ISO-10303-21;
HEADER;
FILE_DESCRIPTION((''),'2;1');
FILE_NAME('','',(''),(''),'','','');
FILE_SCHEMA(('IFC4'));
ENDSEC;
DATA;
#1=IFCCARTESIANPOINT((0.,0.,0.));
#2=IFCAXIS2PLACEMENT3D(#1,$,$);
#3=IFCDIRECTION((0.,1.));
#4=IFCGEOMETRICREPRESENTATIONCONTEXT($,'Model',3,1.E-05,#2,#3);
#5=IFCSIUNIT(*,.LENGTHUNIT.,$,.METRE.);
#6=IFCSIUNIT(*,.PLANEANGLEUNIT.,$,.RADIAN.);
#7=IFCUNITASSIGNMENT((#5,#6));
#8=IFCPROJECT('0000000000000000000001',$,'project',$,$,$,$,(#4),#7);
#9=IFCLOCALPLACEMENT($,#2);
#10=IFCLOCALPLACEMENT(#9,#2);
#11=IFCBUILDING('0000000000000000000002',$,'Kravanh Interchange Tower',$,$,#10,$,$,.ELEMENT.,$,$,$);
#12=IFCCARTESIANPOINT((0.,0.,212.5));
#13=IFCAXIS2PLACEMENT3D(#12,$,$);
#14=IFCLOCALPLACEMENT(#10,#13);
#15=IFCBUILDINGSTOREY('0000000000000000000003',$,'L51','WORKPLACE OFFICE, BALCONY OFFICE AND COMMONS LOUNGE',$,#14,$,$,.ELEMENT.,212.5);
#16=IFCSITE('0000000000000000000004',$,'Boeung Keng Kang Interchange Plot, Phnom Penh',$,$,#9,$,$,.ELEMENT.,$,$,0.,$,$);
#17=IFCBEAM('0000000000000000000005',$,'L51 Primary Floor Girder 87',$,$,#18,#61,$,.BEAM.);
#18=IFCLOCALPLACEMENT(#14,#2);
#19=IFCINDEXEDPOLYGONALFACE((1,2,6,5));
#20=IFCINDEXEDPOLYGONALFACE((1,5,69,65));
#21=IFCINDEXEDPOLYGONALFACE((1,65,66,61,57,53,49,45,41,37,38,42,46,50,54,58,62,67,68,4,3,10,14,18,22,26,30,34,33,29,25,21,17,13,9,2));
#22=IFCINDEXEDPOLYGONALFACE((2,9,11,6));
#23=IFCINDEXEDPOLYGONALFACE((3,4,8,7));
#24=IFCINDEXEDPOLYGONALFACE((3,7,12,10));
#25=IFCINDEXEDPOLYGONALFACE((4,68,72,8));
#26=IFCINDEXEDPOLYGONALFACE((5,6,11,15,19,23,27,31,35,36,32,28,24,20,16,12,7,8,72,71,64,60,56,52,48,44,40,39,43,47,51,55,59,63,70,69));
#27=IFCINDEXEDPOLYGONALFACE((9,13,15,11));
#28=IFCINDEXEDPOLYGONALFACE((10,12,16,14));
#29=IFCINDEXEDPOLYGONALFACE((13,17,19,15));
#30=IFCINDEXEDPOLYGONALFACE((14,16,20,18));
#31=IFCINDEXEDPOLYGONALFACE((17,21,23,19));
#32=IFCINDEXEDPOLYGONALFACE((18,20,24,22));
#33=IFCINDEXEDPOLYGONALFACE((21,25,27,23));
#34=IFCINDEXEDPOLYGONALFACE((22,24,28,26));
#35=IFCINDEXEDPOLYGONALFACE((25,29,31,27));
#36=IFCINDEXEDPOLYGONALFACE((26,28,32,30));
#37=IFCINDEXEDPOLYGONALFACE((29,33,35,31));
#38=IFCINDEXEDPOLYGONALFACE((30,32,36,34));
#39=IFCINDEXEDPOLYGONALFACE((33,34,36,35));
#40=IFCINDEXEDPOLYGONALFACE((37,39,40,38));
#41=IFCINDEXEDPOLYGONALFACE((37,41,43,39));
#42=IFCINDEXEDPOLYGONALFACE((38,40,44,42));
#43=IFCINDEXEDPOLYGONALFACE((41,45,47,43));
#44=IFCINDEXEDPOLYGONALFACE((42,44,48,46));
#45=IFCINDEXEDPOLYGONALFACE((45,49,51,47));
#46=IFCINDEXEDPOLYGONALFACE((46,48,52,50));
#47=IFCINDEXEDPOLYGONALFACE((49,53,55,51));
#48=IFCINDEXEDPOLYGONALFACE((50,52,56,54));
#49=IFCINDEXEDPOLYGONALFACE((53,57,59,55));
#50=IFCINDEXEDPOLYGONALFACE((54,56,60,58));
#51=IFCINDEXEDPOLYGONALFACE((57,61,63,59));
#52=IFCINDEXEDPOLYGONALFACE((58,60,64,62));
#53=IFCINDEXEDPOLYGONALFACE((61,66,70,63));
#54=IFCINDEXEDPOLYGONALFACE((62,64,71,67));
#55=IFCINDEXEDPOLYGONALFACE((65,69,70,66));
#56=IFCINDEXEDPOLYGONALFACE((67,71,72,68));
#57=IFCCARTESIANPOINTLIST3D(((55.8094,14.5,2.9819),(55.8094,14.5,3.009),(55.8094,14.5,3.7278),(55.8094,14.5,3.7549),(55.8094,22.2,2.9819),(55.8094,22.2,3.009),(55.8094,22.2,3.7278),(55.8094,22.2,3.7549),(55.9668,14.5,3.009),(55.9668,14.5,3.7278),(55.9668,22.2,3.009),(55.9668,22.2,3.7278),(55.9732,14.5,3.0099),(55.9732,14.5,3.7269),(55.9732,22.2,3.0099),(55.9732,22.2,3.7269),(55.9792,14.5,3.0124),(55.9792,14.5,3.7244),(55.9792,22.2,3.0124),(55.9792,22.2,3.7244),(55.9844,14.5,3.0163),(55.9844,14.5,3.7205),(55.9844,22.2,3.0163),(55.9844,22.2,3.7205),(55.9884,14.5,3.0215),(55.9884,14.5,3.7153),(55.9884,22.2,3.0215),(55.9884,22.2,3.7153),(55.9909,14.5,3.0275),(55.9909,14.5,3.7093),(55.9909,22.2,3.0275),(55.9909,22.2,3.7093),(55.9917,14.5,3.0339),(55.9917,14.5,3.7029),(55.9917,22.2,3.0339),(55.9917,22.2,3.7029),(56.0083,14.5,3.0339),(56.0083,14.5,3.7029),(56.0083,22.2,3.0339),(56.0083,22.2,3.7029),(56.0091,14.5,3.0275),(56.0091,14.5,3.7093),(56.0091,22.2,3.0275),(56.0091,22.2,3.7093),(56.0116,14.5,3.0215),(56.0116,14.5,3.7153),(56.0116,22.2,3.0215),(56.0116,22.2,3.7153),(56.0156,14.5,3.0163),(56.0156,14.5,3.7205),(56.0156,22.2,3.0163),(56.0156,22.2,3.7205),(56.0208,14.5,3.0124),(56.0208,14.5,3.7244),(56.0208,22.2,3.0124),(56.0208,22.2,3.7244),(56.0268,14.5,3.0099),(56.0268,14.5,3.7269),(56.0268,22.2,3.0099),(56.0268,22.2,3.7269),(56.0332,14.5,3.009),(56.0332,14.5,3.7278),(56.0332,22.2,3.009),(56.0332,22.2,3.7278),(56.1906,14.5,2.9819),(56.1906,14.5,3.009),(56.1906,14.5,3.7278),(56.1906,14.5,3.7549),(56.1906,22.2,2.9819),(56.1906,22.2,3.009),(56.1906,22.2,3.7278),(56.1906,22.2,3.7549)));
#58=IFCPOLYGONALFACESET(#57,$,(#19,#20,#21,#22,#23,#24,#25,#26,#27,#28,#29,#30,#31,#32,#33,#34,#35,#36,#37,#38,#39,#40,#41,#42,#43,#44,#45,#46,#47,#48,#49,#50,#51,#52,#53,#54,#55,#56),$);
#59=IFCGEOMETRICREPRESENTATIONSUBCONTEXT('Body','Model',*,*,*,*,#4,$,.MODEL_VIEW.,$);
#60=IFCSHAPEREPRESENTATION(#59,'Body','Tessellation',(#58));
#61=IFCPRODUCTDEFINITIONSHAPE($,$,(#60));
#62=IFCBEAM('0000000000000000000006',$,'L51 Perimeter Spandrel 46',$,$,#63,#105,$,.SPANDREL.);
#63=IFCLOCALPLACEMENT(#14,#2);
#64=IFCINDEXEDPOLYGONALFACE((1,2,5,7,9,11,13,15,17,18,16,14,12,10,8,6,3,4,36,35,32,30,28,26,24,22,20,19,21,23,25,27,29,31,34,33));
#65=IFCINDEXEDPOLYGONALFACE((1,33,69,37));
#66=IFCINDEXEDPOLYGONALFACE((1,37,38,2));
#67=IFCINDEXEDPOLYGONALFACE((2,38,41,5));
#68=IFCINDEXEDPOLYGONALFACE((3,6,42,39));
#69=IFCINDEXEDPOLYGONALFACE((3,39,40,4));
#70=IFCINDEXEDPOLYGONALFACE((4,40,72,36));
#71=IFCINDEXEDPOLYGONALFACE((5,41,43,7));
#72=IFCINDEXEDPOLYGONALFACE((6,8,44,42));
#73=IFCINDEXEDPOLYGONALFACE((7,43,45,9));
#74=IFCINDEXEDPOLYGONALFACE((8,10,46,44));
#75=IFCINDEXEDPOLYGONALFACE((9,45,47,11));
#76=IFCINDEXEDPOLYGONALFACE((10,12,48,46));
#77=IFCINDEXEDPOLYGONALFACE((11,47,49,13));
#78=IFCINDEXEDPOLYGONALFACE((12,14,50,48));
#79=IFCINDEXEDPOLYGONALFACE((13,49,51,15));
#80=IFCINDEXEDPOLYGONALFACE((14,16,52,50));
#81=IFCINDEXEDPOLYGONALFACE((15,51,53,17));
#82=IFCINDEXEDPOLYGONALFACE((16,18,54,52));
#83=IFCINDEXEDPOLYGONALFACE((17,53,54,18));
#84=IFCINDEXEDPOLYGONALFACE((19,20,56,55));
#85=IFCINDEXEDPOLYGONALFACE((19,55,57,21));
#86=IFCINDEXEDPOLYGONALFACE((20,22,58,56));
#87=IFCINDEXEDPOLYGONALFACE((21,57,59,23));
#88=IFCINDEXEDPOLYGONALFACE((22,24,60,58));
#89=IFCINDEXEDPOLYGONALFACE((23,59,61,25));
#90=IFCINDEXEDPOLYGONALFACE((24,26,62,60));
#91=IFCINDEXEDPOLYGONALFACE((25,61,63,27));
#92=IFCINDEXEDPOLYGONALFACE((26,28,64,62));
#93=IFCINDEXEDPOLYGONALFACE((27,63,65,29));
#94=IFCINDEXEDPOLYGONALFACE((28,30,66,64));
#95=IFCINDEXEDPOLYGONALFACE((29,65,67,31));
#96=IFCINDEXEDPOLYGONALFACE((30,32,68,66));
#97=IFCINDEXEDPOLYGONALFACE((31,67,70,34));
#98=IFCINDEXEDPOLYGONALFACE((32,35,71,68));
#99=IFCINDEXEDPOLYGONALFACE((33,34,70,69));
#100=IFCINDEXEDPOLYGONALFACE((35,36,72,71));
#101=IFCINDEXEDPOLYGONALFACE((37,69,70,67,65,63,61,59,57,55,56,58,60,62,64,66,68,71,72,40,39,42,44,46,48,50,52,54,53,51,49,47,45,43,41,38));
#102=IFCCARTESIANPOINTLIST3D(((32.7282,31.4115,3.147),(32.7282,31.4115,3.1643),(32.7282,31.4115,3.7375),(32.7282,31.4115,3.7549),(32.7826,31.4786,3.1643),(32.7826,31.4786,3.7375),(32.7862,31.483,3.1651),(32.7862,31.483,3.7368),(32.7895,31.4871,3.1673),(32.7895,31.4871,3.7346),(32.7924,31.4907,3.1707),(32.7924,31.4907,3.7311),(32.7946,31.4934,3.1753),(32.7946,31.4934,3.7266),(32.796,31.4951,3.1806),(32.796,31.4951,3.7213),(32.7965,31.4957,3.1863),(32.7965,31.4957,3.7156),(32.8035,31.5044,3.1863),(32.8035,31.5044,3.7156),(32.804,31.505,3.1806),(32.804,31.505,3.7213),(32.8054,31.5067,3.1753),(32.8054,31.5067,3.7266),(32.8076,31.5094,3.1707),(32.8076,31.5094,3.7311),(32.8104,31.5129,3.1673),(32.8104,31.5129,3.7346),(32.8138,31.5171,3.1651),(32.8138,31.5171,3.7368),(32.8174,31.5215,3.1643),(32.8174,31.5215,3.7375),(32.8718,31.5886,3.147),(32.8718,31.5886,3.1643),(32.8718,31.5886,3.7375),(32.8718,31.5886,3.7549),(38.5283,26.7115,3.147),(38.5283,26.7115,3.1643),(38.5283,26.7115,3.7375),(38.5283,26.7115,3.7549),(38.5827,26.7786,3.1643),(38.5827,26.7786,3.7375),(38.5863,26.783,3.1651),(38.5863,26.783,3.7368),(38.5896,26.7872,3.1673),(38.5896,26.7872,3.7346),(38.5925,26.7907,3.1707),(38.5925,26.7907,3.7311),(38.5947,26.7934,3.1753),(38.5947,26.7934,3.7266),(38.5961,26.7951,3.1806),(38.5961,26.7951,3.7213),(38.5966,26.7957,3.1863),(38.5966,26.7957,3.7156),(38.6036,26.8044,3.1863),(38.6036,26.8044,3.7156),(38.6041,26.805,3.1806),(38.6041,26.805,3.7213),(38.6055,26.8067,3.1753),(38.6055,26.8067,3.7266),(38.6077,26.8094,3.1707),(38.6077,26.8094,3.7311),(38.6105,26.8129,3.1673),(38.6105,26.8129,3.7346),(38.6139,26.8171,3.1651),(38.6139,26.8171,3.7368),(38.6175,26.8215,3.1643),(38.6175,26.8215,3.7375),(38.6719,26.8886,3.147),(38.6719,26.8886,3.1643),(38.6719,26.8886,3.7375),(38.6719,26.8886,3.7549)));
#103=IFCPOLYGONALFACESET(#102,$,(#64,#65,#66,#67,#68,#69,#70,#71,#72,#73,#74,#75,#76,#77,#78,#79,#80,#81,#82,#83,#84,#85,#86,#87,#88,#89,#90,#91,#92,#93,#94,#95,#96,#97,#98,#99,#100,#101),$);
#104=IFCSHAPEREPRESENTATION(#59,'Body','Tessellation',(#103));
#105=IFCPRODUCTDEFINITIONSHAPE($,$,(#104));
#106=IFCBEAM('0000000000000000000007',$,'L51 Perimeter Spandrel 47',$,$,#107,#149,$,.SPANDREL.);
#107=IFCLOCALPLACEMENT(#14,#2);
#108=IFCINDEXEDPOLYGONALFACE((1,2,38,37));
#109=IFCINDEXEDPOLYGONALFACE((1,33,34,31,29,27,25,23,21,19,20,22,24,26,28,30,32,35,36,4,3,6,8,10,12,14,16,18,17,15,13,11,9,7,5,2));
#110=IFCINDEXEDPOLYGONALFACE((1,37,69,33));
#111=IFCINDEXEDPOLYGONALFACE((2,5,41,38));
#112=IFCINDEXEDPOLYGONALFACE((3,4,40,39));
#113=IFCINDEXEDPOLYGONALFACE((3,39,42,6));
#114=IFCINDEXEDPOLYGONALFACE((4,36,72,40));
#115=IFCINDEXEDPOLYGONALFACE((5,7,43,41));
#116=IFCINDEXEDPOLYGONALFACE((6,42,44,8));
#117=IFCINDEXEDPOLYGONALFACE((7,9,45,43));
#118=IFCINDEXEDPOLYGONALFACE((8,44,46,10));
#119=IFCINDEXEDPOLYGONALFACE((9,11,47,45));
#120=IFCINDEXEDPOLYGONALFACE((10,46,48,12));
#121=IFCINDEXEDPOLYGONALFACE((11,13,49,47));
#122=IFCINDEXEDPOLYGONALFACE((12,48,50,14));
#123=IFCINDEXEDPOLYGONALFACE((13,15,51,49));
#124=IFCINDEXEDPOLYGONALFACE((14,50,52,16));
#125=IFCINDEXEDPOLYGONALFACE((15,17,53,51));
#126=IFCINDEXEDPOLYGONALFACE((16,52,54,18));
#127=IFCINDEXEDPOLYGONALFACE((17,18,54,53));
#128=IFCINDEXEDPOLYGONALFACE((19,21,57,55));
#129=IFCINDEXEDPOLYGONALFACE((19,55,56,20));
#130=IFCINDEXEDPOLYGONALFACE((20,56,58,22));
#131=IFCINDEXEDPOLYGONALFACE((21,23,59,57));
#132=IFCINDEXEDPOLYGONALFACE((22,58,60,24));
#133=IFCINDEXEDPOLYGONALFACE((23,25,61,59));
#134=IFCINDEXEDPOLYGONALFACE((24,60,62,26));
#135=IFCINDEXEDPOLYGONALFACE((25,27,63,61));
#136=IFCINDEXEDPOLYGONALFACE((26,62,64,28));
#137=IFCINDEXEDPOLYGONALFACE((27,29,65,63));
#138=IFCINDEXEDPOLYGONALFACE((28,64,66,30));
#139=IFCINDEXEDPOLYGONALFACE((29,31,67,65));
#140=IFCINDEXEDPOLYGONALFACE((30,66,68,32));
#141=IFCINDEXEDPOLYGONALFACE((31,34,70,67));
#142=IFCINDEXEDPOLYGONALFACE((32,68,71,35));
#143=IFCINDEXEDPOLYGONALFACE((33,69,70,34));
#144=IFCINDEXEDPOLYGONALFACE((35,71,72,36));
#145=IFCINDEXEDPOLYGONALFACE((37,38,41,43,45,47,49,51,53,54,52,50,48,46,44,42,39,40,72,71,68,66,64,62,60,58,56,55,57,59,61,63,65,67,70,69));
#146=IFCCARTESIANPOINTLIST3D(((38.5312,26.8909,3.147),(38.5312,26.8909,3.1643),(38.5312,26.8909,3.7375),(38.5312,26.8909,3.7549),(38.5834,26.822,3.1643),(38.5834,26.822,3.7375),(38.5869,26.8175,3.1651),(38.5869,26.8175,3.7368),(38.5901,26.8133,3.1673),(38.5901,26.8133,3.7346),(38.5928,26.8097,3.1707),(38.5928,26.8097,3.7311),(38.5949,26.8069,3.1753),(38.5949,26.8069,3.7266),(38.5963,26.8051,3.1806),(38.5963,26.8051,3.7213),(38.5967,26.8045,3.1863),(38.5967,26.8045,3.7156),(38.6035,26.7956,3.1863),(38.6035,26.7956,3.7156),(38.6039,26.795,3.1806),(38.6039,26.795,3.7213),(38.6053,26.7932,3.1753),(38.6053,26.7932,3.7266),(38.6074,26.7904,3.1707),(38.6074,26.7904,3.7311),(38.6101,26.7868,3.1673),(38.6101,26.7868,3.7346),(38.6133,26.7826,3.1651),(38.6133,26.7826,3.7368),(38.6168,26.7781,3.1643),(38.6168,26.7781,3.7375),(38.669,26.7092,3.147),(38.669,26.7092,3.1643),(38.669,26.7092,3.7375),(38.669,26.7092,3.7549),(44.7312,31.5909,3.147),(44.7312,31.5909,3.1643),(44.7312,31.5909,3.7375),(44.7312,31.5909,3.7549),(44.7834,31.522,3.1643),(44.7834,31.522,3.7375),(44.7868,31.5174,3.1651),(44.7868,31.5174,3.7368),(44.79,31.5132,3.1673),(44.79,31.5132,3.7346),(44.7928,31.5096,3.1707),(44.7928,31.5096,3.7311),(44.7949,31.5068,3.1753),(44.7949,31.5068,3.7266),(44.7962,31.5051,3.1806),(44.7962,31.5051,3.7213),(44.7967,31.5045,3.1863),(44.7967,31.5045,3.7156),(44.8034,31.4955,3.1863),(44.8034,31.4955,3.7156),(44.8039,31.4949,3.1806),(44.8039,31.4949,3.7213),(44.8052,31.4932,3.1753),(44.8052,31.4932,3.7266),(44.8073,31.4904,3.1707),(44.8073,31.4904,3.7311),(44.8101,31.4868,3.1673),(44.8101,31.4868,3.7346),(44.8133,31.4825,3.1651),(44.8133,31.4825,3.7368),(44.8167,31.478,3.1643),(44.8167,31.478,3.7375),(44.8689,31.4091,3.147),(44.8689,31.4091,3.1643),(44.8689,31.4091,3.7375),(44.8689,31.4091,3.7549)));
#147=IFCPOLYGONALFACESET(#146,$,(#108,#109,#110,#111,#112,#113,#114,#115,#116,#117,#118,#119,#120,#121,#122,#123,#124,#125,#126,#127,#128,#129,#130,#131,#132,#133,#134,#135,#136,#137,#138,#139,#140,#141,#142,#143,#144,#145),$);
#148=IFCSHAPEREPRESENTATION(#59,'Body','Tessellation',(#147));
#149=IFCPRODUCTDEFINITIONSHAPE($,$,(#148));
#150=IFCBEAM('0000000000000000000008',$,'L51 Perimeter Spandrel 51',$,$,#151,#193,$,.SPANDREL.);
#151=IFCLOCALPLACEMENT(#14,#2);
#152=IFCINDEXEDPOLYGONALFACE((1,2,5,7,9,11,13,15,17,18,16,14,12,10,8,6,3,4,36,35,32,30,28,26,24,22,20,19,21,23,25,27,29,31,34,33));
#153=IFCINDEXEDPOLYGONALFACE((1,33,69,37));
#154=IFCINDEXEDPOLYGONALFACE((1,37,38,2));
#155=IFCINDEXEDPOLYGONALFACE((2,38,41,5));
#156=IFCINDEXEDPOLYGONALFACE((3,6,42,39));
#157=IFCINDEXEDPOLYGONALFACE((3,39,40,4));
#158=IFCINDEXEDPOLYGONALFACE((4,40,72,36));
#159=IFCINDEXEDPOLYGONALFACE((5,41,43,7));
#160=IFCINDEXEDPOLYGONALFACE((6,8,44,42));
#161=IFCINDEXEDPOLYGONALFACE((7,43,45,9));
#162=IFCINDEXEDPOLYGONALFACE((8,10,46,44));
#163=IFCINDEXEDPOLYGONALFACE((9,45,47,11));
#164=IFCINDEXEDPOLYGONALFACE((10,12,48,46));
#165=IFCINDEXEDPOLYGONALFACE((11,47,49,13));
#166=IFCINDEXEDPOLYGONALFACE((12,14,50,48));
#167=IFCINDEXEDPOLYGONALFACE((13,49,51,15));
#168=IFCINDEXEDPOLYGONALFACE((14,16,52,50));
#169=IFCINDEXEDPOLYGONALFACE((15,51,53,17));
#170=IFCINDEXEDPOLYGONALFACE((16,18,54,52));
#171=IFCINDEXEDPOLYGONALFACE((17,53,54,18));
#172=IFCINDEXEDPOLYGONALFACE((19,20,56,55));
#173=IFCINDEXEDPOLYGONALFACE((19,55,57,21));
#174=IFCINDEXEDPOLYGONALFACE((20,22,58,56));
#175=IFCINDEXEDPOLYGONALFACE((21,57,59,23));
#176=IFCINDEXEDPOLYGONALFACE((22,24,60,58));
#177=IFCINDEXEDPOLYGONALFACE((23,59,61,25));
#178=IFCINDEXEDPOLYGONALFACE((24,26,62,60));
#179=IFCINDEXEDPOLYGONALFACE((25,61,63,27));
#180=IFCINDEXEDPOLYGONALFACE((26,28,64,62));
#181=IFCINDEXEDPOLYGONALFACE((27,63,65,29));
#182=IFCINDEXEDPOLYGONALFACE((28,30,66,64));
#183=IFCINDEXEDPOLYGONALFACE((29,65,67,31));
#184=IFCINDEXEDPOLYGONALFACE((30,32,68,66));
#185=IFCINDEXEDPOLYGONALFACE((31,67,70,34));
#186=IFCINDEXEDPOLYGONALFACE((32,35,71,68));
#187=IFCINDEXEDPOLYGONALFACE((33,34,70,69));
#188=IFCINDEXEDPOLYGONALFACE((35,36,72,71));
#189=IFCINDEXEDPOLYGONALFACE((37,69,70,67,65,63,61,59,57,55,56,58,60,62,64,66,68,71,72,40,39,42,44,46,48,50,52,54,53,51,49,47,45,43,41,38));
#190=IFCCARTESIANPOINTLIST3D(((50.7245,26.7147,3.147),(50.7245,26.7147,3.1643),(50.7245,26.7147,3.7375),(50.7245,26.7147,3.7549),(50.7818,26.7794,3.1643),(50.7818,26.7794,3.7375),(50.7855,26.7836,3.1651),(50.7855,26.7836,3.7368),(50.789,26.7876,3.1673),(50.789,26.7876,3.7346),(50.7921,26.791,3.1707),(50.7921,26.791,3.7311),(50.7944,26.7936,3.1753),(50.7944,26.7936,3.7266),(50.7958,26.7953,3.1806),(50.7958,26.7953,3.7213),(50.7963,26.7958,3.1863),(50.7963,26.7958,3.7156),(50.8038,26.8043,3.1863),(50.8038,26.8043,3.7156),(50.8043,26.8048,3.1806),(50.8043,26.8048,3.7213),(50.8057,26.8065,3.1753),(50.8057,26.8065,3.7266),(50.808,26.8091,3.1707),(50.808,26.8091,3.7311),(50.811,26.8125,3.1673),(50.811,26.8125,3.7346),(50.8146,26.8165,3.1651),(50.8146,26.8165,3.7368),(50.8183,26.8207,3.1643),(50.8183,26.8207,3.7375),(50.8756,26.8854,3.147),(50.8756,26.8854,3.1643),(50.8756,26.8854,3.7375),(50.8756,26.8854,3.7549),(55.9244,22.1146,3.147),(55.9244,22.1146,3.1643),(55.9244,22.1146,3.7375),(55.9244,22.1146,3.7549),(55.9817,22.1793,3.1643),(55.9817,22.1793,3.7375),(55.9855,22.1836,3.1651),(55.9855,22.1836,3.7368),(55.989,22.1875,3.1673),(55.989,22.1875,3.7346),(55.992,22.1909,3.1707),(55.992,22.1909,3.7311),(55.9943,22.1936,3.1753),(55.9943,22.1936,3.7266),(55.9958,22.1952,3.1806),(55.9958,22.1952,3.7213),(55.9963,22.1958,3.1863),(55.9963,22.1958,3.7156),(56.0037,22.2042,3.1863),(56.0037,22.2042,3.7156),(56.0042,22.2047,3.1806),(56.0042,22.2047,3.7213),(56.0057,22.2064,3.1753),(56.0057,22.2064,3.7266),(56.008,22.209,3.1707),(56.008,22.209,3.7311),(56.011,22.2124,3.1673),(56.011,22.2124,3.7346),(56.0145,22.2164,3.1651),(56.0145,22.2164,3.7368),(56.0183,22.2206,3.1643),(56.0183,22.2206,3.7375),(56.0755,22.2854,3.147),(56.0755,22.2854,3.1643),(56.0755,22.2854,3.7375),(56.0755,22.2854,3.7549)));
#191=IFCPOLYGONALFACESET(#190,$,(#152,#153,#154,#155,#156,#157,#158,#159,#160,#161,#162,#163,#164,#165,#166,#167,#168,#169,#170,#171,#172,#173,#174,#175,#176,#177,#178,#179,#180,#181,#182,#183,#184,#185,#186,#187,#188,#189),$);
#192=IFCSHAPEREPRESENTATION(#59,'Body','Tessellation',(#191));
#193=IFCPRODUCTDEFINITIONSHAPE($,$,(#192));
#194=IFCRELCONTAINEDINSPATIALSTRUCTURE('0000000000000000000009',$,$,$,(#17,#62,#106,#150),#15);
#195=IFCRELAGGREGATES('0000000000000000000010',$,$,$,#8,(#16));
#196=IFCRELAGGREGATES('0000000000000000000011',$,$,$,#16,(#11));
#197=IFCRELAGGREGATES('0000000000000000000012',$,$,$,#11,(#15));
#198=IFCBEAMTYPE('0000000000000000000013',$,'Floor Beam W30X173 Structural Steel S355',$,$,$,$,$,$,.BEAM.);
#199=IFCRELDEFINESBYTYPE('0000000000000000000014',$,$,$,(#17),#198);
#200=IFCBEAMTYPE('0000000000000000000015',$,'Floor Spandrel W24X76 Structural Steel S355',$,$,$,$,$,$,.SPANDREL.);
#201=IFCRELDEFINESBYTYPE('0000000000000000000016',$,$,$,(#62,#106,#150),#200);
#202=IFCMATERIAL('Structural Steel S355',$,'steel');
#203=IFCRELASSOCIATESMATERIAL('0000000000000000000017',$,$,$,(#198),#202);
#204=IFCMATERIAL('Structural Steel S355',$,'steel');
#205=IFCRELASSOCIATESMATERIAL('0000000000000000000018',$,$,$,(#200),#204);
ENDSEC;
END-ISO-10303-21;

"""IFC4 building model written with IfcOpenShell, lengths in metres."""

from ifc_helpers import new_model, si_unit, direction, frame, origin, origin_2d, place, context, subcontext, project, spatial, i_section, extrude, material, material_profile, profile_set, type_object, element, save


model = new_model("IFC4")

# Units and contexts
model_context = context("Model", 3, precision=1e-05, world=origin(), true_north=direction((0.0, 1.0)))
body_context = subcontext(model_context, "Body", "Model", "MODEL_VIEW")
ifc_project = project(units=[si_unit("LENGTHUNIT", "METRE"), si_unit("PLANEANGLEUNIT", "RADIAN")], contexts=[model_context])

# Site, building, storey
site_placement = place(None, origin())
site = spatial("IfcSite", under=ifc_project, at=site_placement, Name="Boeung Keng Kang Interchange Plot, Phnom Penh", CompositionType="ELEMENT", RefElevation=0.0)
building_placement = place(site_placement, origin())
building = spatial("IfcBuilding", under=site, at=building_placement, Name="Kravanh Interchange Tower", CompositionType="ELEMENT")
storey_placement = place(building_placement, frame((0.0, 0.0, 212.5)))
storey = spatial("IfcBuildingStorey", under=building, at=storey_placement, Name="L51", Description="WORKPLACE OFFICE, BALCONY OFFICE AND COMMONS LOUNGE", CompositionType="ELEMENT", Elevation=212.5)

# Beams
ifc_material_1 = material(Name="Structural Steel S355", Category="steel")
ifc_material_profile_1 = material_profile(ifc_material_1, i_section(OverallWidth=0.3811, OverallDepth=0.7729, WebThickness=0.0166, FlangeThickness=0.0271, FilletRadius=0.0249, at=origin_2d()), Name="W30X173")
ifc_profile_set_1 = profile_set([ifc_material_profile_1], Name="Structural Steel S355")
beam_type_1 = type_object("IfcBeamType", Name="Floor Beam W30X173 Structural Steel S355", PredefinedType="BEAM", material=ifc_profile_set_1)
beam_1_placement = place(storey_placement, frame((56.0, 14.5, 3.3684), z_axis=(0.0, 1.0, 0.0), x_axis=(-1.0, 0.0, 0.0)))
element("IfcBeam", 1, at=beam_1_placement, inside=storey, type_object=beam_type_1, Name="L51 Primary Floor Girder 87", PredefinedType="BEAM", context=body_context, shape_type="SweptSolid", body=[
    extrude(i_section(OverallWidth=0.3811, OverallDepth=0.7729, WebThickness=0.0166, FlangeThickness=0.0271, FilletRadius=0.0249, at=origin_2d()), origin(), (0.0, 0.0, 1.0), 7.7),
])
ifc_material_2 = material(Name="Structural Steel S355", Category="steel")
ifc_material_profile_2 = material_profile(ifc_material_2, i_section(OverallWidth=0.228, OverallDepth=0.6079, WebThickness=0.0112, FlangeThickness=0.0173, FilletRadius=0.022, at=origin_2d()), Name="W24X76")
ifc_profile_set_2 = profile_set([ifc_material_profile_2], Name="Structural Steel S355")
beam_type_2 = type_object("IfcBeamType", Name="Floor Spandrel W24X76 Structural Steel S355", PredefinedType="SPANDREL", material=ifc_profile_set_2)
beam_2_placement = place(storey_placement, frame((38.6001, 26.8, 3.4509), z_axis=(-0.776939, 0.629576, 0.0), x_axis=(-0.629576, -0.776939, 0.0)))
element("IfcBeam", 2, at=beam_2_placement, inside=storey, type_object=beam_type_2, Name="L51 Perimeter Spandrel 46", PredefinedType="SPANDREL", context=body_context, shape_type="SweptSolid", body=[
    extrude(i_section(OverallWidth=0.228, OverallDepth=0.6079, WebThickness=0.0112, FlangeThickness=0.0173, FilletRadius=0.022, at=origin_2d()), origin(), (0.0, 0.0, 1.0), 7.4653),
])
beam_3_placement = place(storey_placement, frame((38.6001, 26.8, 3.4509), z_axis=(0.796905, 0.604104, 0.0), x_axis=(-0.604104, 0.796905, 0.0)))
element("IfcBeam", 3, at=beam_3_placement, inside=storey, type_object=beam_type_2, Name="L51 Perimeter Spandrel 47", PredefinedType="SPANDREL", context=body_context, shape_type="SweptSolid", body=[
    extrude(i_section(OverallWidth=0.228, OverallDepth=0.6079, WebThickness=0.0112, FlangeThickness=0.0173, FilletRadius=0.022, at=origin_2d()), origin(), (0.0, 0.0, 1.0), 7.78),
])
beam_4_placement = place(storey_placement, frame((50.8, 26.8, 3.4509), z_axis=(0.748986, -0.662585, 0.0), x_axis=(0.662585, 0.748986, 0.0)))
element("IfcBeam", 4, at=beam_4_placement, inside=storey, type_object=beam_type_2, Name="L51 Perimeter Spandrel 51", PredefinedType="SPANDREL", context=body_context, shape_type="SweptSolid", body=[
    extrude(i_section(OverallWidth=0.228, OverallDepth=0.6079, WebThickness=0.0112, FlangeThickness=0.0173, FilletRadius=0.022, at=origin_2d()), origin(), (0.0, 0.0, 1.0), 6.9426),
])

save(model, "model.ifc")
